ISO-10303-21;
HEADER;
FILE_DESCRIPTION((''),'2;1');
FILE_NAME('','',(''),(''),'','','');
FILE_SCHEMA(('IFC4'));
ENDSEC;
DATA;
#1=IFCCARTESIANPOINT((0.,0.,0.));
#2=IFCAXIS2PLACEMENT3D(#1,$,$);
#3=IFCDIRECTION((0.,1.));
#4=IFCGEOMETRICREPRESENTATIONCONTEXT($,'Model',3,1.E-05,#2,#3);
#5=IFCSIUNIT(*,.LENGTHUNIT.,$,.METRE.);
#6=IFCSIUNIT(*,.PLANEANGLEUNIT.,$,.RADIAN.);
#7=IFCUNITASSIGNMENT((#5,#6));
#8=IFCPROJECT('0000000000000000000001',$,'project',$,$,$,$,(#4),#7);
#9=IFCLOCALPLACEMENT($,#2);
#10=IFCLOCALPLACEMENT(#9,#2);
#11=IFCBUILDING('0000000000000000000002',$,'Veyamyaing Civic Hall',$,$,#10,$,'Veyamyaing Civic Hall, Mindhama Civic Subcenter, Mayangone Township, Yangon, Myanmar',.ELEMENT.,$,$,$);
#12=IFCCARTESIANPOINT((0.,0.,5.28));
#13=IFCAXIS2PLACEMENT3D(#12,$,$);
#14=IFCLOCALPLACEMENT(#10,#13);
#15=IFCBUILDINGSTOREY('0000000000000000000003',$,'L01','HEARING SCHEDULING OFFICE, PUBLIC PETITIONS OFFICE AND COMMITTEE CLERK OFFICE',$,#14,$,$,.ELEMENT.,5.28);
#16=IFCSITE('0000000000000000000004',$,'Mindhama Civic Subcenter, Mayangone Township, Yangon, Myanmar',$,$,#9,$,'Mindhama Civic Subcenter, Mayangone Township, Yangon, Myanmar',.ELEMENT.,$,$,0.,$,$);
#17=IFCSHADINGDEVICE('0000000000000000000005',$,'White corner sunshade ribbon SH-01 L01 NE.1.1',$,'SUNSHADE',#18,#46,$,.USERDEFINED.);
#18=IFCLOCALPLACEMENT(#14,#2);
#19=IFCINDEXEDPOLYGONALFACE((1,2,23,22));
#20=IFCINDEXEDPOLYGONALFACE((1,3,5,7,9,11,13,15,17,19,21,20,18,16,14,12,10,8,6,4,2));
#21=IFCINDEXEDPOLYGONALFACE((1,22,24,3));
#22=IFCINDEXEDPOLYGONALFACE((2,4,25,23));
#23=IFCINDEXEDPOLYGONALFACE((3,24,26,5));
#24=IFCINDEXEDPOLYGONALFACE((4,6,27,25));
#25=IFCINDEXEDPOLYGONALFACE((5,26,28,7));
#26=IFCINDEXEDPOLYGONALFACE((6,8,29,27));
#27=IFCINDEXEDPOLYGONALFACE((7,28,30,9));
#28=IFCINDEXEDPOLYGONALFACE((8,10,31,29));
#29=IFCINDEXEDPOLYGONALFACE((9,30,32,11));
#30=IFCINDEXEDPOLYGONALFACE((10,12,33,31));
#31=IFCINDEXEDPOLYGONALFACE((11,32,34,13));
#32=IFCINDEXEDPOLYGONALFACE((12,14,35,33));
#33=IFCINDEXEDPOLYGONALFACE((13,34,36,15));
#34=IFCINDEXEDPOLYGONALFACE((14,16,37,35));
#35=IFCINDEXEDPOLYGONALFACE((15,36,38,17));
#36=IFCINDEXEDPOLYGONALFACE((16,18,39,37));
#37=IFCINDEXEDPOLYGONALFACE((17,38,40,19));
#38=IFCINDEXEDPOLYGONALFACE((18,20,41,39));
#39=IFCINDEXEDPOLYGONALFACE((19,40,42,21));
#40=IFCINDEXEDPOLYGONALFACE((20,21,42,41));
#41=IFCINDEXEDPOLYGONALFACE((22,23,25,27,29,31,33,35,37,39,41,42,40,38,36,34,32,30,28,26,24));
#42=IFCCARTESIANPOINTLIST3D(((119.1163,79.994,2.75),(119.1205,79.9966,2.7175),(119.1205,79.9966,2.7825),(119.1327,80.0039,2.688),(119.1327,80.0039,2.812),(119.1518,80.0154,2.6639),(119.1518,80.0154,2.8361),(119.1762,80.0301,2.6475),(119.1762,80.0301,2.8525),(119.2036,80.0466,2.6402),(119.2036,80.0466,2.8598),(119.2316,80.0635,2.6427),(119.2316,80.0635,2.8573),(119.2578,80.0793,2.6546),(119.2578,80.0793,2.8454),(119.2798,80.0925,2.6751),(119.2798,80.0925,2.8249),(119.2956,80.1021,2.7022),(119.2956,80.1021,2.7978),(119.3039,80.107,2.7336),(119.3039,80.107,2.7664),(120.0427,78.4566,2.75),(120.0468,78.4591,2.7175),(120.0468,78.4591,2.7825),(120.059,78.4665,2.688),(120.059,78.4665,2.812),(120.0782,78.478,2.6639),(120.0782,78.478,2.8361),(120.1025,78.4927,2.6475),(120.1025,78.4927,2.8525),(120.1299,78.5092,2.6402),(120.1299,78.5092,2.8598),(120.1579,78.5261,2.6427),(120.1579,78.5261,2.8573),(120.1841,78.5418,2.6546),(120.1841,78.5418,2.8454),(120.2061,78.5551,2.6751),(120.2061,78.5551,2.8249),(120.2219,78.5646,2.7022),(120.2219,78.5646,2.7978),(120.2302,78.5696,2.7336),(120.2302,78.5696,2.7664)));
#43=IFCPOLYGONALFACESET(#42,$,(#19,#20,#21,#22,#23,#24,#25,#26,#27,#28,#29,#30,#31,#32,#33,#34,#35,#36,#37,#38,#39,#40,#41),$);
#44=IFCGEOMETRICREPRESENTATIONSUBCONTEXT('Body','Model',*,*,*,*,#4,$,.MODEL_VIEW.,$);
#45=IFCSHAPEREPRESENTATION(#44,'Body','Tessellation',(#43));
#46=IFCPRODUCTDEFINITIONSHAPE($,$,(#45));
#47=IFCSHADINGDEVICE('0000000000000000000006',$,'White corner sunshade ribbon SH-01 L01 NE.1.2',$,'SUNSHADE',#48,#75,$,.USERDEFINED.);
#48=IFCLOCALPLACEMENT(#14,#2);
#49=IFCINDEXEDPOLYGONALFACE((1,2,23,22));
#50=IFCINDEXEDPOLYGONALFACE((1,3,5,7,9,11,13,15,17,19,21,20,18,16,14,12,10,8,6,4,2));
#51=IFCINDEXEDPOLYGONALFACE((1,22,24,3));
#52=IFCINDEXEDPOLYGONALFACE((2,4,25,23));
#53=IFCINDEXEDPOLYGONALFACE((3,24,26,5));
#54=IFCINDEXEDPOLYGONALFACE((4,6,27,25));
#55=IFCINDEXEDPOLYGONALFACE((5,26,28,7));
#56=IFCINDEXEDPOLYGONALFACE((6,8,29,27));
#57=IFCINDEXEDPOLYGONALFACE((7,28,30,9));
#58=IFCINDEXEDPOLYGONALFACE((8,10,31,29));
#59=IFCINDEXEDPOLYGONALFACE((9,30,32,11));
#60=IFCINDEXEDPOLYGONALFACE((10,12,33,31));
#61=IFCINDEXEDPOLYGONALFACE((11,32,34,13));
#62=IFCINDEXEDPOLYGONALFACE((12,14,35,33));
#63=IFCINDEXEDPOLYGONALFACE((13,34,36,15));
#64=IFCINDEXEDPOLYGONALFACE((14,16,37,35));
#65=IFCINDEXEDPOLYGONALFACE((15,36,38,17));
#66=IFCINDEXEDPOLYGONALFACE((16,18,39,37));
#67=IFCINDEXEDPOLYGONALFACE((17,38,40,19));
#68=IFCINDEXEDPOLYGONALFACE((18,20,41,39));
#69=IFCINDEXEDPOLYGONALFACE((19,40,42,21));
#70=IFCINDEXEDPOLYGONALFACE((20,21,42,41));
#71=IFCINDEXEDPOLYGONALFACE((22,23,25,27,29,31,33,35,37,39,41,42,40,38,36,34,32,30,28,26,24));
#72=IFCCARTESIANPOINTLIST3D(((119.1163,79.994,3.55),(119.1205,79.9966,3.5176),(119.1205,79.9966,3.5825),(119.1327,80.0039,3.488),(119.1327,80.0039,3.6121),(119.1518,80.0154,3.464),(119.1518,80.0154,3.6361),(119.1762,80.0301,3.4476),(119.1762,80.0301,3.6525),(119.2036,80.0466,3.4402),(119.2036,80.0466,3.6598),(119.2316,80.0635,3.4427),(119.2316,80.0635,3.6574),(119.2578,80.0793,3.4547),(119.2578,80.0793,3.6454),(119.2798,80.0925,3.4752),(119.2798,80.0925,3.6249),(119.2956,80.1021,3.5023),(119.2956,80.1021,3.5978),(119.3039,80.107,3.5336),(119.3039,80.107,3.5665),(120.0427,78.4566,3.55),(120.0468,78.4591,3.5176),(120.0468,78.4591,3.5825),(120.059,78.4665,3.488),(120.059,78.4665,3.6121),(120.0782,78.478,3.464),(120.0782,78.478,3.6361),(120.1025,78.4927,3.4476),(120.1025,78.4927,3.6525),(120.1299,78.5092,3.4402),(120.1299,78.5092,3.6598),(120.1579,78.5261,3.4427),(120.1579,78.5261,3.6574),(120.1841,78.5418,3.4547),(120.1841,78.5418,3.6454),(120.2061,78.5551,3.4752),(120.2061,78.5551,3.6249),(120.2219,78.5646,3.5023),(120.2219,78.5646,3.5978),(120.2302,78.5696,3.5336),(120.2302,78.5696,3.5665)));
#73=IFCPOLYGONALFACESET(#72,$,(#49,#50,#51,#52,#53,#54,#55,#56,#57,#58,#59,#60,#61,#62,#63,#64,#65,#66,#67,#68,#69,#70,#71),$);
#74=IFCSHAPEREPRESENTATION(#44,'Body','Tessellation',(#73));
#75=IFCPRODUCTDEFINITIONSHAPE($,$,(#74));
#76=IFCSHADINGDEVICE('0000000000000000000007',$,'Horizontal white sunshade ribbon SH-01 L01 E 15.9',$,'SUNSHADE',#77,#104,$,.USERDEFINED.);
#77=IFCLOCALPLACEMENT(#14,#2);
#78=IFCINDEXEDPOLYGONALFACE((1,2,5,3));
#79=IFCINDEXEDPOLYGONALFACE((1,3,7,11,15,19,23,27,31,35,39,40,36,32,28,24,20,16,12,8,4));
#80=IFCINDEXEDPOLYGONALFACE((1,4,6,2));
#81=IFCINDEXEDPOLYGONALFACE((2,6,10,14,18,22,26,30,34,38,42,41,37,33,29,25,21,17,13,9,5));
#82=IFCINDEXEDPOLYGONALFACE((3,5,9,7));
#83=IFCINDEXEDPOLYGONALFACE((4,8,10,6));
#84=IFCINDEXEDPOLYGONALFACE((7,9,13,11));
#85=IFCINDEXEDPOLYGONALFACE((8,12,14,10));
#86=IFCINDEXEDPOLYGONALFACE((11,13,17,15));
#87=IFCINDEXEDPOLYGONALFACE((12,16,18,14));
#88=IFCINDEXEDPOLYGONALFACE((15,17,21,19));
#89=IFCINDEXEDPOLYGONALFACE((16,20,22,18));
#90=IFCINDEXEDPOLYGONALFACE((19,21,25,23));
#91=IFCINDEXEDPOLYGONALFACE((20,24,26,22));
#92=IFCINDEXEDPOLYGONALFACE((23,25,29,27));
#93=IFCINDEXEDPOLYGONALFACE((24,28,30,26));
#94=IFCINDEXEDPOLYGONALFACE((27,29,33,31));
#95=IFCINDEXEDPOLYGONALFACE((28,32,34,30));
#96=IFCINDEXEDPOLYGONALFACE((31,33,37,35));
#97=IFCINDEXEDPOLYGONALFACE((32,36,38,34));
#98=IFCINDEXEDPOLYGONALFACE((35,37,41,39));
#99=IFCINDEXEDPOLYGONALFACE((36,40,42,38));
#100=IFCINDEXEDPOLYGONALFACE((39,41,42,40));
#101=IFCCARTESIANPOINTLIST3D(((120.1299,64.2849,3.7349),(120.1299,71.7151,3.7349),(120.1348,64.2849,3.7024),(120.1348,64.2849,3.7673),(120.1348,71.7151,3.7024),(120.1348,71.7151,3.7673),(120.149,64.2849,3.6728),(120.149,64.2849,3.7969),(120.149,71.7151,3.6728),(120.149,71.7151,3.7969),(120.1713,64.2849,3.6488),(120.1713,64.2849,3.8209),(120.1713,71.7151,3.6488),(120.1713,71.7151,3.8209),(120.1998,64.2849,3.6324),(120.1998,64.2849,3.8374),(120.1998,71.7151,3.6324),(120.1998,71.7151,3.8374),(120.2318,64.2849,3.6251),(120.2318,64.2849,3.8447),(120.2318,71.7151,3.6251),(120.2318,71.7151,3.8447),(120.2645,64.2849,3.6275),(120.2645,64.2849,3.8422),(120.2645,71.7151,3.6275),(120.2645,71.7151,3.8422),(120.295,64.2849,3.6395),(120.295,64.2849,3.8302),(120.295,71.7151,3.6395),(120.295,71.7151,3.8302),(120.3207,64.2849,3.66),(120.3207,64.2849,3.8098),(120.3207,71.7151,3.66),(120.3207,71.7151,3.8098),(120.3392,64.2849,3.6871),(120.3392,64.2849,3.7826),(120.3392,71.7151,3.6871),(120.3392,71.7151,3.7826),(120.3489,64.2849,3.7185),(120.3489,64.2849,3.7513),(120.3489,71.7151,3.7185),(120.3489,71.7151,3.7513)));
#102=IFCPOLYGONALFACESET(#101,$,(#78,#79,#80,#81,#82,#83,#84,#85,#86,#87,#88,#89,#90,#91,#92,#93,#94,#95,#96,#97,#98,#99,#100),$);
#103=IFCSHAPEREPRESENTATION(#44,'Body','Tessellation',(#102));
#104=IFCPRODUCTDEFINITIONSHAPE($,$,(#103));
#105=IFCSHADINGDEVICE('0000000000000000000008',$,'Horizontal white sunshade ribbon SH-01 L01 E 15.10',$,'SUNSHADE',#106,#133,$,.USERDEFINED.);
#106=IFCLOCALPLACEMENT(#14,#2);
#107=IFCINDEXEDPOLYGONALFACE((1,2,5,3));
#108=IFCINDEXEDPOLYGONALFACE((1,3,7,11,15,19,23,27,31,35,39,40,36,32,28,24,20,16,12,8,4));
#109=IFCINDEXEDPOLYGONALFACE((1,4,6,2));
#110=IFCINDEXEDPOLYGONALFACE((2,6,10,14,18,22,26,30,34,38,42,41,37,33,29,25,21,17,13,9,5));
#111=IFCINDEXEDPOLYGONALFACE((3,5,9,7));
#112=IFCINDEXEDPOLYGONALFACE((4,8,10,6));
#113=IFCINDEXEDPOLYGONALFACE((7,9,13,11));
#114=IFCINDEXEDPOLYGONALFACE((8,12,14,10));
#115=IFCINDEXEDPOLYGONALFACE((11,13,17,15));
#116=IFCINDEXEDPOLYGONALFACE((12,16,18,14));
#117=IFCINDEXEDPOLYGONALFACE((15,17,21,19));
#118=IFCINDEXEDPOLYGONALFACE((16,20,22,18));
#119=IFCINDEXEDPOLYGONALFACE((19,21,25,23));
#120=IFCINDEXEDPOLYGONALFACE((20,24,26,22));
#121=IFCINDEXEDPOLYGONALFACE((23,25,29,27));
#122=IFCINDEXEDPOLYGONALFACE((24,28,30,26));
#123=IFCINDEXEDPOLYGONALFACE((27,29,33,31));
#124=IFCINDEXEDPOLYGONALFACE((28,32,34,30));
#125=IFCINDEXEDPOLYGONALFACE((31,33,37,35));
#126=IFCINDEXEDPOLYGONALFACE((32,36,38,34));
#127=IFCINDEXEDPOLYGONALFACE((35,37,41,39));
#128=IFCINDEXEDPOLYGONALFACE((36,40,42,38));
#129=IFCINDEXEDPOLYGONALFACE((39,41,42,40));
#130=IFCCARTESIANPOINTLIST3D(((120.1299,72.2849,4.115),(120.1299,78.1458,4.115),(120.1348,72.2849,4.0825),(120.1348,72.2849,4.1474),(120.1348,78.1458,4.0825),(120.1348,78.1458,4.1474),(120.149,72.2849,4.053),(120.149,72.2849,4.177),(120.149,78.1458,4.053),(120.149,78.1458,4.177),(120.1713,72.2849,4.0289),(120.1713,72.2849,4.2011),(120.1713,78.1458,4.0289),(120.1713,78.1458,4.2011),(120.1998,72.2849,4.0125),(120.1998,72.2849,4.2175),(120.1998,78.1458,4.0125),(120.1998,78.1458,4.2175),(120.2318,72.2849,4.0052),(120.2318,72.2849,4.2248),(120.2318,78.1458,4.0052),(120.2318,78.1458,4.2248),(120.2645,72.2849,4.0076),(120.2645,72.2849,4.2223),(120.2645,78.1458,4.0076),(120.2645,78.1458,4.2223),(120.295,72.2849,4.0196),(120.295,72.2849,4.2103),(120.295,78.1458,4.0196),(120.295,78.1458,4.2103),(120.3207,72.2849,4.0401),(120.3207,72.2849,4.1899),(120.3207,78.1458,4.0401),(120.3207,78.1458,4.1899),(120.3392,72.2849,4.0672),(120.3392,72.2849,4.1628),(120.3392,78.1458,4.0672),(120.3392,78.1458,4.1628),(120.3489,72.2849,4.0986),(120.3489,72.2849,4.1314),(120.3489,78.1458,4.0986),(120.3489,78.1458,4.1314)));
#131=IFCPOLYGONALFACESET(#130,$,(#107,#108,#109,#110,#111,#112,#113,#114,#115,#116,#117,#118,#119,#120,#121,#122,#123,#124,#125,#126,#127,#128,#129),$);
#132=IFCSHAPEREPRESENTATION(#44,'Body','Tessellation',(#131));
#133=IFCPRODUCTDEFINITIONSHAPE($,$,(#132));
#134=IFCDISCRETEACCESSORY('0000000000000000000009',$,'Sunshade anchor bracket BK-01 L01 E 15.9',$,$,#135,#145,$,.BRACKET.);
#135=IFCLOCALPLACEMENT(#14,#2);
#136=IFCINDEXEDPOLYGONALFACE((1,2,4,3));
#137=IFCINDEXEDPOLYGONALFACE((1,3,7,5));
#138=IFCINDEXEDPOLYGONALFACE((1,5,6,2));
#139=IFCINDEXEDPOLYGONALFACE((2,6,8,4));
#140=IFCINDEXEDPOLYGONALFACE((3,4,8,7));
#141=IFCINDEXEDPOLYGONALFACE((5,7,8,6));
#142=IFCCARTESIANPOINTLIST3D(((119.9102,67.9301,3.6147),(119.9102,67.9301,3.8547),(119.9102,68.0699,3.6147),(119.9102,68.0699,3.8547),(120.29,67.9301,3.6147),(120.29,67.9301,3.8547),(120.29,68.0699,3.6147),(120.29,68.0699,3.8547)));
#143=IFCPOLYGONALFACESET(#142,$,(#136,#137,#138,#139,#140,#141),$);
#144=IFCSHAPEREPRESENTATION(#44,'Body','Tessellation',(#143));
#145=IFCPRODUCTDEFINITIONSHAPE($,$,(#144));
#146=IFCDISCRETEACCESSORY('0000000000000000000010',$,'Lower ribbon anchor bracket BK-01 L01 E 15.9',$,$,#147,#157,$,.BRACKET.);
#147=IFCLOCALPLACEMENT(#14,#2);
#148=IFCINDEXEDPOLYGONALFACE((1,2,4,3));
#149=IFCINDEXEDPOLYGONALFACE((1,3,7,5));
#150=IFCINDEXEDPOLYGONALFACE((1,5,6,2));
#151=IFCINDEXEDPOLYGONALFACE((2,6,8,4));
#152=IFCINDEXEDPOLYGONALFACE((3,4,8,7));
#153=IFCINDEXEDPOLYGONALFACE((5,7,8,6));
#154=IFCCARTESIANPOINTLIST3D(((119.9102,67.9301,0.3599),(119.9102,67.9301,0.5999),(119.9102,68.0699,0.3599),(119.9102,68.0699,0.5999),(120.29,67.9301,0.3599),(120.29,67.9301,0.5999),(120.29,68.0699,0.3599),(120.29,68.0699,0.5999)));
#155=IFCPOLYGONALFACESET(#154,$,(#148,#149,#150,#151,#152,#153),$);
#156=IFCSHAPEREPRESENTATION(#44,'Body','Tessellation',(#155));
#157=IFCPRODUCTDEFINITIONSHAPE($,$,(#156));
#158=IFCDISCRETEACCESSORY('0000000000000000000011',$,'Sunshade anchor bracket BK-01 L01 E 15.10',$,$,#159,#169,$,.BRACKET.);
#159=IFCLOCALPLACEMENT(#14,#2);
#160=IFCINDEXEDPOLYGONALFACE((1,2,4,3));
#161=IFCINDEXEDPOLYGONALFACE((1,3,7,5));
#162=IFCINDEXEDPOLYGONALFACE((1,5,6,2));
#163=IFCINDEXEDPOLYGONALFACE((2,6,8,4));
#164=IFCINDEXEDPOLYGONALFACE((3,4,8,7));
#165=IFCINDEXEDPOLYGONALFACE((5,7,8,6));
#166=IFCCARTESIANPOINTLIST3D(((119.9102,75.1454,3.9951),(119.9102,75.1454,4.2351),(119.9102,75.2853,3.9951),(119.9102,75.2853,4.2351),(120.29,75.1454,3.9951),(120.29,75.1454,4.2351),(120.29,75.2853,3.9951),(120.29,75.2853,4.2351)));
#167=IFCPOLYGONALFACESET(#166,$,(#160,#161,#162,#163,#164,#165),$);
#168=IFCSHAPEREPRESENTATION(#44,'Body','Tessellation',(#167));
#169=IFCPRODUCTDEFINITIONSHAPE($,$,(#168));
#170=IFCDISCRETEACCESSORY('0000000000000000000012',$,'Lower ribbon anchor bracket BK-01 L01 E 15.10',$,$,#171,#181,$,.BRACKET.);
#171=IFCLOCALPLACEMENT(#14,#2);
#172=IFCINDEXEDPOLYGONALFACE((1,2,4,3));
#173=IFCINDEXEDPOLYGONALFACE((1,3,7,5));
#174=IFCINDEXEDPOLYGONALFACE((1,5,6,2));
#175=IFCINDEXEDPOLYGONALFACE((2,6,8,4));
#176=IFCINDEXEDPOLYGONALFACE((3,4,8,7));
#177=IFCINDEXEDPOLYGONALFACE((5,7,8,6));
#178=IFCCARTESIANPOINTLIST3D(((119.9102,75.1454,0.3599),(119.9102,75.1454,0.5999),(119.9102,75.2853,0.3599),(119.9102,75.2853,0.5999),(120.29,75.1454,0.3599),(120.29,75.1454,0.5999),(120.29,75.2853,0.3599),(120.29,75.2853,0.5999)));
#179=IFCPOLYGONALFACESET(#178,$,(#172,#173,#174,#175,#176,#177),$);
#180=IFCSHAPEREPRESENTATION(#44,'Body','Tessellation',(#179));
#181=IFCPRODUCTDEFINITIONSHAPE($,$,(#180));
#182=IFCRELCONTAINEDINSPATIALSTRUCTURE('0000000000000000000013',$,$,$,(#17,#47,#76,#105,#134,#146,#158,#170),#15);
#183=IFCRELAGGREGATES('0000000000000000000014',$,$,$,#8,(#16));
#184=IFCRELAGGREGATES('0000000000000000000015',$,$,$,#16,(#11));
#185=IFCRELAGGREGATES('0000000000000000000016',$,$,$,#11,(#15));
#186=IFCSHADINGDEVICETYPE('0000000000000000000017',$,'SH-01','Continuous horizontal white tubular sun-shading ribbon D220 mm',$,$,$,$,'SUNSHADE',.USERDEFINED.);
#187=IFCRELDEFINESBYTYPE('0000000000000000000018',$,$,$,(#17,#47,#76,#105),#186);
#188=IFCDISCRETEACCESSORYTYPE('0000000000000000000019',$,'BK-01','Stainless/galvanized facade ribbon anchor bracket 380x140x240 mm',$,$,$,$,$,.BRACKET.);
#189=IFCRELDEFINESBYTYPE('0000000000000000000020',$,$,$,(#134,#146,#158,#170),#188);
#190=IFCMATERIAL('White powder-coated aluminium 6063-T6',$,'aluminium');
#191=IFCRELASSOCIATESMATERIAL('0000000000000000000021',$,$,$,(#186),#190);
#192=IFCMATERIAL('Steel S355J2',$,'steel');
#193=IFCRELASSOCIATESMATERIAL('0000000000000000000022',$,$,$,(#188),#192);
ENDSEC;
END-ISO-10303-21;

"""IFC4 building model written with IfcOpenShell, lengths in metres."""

from ifc_helpers import new_model, si_unit, direction, frame, origin, origin_2d, place, context, subcontext, project, spatial, rectangle, circle, extrude, material, material_profile, profile_set, type_object, element, save


model = new_model("IFC4")

# Units and contexts
model_context = context("Model", 3, precision=1e-05, world=origin(), true_north=direction((0.0, 1.0)))
body_context = subcontext(model_context, "Body", "Model", "MODEL_VIEW")
ifc_project = project(units=[si_unit("LENGTHUNIT", "METRE"), si_unit("PLANEANGLEUNIT", "RADIAN")], contexts=[model_context])

# Site, building, storey
site_placement = place(None, origin())
site = spatial("IfcSite", under=ifc_project, at=site_placement, Name="Mindhama Civic Subcenter, Mayangone Township, Yangon, Myanmar", LongName="Mindhama Civic Subcenter, Mayangone Township, Yangon, Myanmar", CompositionType="ELEMENT", RefElevation=0.0)
building_placement = place(site_placement, origin())
building = spatial("IfcBuilding", under=site, at=building_placement, Name="Veyamyaing Civic Hall", LongName="Veyamyaing Civic Hall, Mindhama Civic Subcenter, Mayangone Township, Yangon, Myanmar", CompositionType="ELEMENT")
storey_placement = place(building_placement, frame((0.0, 0.0, 5.28)))
storey = spatial("IfcBuildingStorey", under=building, at=storey_placement, Name="L01", Description="HEARING SCHEDULING OFFICE, PUBLIC PETITIONS OFFICE AND COMMITTEE CLERK OFFICE", CompositionType="ELEMENT", Elevation=5.28)

# Shared definitions
ifc_material_1 = material(Name="White powder-coated aluminium 6063-T6", Category="aluminium")

# Shading devices
ifc_material_profile_1 = material_profile(ifc_material_1, circle(Radius=0.1101, at=origin_2d()), Name="SHADE-TUBE-220")
ifc_profile_set_1 = profile_set([ifc_material_profile_1], Name="White powder-coated aluminium 6063-T6")
shading_device_type = type_object("IfcShadingDeviceType", Name="SH-01", Description="Continuous horizontal white tubular sun-shading ribbon D220 mm", ElementType="SUNSHADE", PredefinedType="USERDEFINED", material=ifc_profile_set_1)
for number, where, z_axis, x_axis, name in (
    (1, (120.137, 78.5134, 2.75), (-0.516075, 0.856543, 0.0), (-0.856543, -0.516075, 0.0), "White corner sunshade ribbon SH-01 L01 NE.1.1"),
    (2, (120.137, 78.5134, 3.55), (-0.516075, 0.856543, 0.0), (-0.856543, -0.516075, 0.0), "White corner sunshade ribbon SH-01 L01 NE.1.2"),
):
    element("IfcShadingDevice", number, at=place(storey_placement, frame(where, z_axis=z_axis, x_axis=x_axis)), inside=storey, type_object=shading_device_type, Name=name, ObjectType="SUNSHADE", PredefinedType="USERDEFINED", context=body_context, shape_type="SweptSolid", body=[
        extrude(circle(Radius=0.1101, at=origin_2d()), origin(), (0.0, 0.0, 1.0), 1.7949),
    ])
shading_device_1_placement = place(storey_placement, frame((120.24, 64.2849, 3.7349), z_axis=(0.0, 1.0, 0.0), x_axis=(-1.0, 0.0, 0.0)))
element("IfcShadingDevice", 3, at=shading_device_1_placement, inside=storey, type_object=shading_device_type, Name="Horizontal white sunshade ribbon SH-01 L01 E 15.9", ObjectType="SUNSHADE", PredefinedType="USERDEFINED", context=body_context, shape_type="SweptSolid", body=[
    extrude(circle(Radius=0.1101, at=origin_2d()), origin(), (0.0, 0.0, 1.0), 7.4302),
])
shading_device_2_placement = place(storey_placement, frame((120.24, 72.2849, 4.115), z_axis=(0.0, 1.0, 0.0), x_axis=(-1.0, 0.0, 0.0)))
element("IfcShadingDevice", 4, at=shading_device_2_placement, inside=storey, type_object=shading_device_type, Name="Horizontal white sunshade ribbon SH-01 L01 E 15.10", ObjectType="SUNSHADE", PredefinedType="USERDEFINED", context=body_context, shape_type="SweptSolid", body=[
    extrude(circle(Radius=0.1101, at=origin_2d()), origin(), (0.0, 0.0, 1.0), 5.8608),
])

# Discrete accessories
ifc_material_2 = material(Name="Steel S355J2", Category="steel")
discrete_accessory_type = type_object("IfcDiscreteAccessoryType", Name="BK-01", Description="Stainless/galvanized facade ribbon anchor bracket 380x140x240 mm", PredefinedType="BRACKET", material=ifc_material_2)
for number, where, z_axis, x_axis, name in (
    (5, (120.1001, 68.0, 3.6147), (0.0, 0.0, 1.0), (1.0, 0.0, 0.0), "Sunshade anchor bracket BK-01 L01 E 15.9"),
    (6, (120.1001, 68.0, 0.3599), (0.0, 0.0, 1.0), (1.0, 0.0, 0.0), "Lower ribbon anchor bracket BK-01 L01 E 15.9"),
    (7, (120.1001, 75.2153, 3.9951), (0.0, 0.0, 1.0), (1.0, 0.0, 0.0), "Sunshade anchor bracket BK-01 L01 E 15.10"),
    (8, (120.1001, 75.2153, 0.3599), (0.0, 0.0, 1.0), (1.0, 0.0, 0.0), "Lower ribbon anchor bracket BK-01 L01 E 15.10"),
):
    element("IfcDiscreteAccessory", number, at=place(storey_placement, frame(where, z_axis=z_axis, x_axis=x_axis)), inside=storey, type_object=discrete_accessory_type, Name=name, PredefinedType="BRACKET", context=body_context, shape_type="SweptSolid", body=[
        extrude(rectangle(XDim=0.3799, YDim=0.1399, at=origin_2d()), origin(), (0.0, 0.0, 1.0), 0.24),
    ])

save(model, "model.ifc")
